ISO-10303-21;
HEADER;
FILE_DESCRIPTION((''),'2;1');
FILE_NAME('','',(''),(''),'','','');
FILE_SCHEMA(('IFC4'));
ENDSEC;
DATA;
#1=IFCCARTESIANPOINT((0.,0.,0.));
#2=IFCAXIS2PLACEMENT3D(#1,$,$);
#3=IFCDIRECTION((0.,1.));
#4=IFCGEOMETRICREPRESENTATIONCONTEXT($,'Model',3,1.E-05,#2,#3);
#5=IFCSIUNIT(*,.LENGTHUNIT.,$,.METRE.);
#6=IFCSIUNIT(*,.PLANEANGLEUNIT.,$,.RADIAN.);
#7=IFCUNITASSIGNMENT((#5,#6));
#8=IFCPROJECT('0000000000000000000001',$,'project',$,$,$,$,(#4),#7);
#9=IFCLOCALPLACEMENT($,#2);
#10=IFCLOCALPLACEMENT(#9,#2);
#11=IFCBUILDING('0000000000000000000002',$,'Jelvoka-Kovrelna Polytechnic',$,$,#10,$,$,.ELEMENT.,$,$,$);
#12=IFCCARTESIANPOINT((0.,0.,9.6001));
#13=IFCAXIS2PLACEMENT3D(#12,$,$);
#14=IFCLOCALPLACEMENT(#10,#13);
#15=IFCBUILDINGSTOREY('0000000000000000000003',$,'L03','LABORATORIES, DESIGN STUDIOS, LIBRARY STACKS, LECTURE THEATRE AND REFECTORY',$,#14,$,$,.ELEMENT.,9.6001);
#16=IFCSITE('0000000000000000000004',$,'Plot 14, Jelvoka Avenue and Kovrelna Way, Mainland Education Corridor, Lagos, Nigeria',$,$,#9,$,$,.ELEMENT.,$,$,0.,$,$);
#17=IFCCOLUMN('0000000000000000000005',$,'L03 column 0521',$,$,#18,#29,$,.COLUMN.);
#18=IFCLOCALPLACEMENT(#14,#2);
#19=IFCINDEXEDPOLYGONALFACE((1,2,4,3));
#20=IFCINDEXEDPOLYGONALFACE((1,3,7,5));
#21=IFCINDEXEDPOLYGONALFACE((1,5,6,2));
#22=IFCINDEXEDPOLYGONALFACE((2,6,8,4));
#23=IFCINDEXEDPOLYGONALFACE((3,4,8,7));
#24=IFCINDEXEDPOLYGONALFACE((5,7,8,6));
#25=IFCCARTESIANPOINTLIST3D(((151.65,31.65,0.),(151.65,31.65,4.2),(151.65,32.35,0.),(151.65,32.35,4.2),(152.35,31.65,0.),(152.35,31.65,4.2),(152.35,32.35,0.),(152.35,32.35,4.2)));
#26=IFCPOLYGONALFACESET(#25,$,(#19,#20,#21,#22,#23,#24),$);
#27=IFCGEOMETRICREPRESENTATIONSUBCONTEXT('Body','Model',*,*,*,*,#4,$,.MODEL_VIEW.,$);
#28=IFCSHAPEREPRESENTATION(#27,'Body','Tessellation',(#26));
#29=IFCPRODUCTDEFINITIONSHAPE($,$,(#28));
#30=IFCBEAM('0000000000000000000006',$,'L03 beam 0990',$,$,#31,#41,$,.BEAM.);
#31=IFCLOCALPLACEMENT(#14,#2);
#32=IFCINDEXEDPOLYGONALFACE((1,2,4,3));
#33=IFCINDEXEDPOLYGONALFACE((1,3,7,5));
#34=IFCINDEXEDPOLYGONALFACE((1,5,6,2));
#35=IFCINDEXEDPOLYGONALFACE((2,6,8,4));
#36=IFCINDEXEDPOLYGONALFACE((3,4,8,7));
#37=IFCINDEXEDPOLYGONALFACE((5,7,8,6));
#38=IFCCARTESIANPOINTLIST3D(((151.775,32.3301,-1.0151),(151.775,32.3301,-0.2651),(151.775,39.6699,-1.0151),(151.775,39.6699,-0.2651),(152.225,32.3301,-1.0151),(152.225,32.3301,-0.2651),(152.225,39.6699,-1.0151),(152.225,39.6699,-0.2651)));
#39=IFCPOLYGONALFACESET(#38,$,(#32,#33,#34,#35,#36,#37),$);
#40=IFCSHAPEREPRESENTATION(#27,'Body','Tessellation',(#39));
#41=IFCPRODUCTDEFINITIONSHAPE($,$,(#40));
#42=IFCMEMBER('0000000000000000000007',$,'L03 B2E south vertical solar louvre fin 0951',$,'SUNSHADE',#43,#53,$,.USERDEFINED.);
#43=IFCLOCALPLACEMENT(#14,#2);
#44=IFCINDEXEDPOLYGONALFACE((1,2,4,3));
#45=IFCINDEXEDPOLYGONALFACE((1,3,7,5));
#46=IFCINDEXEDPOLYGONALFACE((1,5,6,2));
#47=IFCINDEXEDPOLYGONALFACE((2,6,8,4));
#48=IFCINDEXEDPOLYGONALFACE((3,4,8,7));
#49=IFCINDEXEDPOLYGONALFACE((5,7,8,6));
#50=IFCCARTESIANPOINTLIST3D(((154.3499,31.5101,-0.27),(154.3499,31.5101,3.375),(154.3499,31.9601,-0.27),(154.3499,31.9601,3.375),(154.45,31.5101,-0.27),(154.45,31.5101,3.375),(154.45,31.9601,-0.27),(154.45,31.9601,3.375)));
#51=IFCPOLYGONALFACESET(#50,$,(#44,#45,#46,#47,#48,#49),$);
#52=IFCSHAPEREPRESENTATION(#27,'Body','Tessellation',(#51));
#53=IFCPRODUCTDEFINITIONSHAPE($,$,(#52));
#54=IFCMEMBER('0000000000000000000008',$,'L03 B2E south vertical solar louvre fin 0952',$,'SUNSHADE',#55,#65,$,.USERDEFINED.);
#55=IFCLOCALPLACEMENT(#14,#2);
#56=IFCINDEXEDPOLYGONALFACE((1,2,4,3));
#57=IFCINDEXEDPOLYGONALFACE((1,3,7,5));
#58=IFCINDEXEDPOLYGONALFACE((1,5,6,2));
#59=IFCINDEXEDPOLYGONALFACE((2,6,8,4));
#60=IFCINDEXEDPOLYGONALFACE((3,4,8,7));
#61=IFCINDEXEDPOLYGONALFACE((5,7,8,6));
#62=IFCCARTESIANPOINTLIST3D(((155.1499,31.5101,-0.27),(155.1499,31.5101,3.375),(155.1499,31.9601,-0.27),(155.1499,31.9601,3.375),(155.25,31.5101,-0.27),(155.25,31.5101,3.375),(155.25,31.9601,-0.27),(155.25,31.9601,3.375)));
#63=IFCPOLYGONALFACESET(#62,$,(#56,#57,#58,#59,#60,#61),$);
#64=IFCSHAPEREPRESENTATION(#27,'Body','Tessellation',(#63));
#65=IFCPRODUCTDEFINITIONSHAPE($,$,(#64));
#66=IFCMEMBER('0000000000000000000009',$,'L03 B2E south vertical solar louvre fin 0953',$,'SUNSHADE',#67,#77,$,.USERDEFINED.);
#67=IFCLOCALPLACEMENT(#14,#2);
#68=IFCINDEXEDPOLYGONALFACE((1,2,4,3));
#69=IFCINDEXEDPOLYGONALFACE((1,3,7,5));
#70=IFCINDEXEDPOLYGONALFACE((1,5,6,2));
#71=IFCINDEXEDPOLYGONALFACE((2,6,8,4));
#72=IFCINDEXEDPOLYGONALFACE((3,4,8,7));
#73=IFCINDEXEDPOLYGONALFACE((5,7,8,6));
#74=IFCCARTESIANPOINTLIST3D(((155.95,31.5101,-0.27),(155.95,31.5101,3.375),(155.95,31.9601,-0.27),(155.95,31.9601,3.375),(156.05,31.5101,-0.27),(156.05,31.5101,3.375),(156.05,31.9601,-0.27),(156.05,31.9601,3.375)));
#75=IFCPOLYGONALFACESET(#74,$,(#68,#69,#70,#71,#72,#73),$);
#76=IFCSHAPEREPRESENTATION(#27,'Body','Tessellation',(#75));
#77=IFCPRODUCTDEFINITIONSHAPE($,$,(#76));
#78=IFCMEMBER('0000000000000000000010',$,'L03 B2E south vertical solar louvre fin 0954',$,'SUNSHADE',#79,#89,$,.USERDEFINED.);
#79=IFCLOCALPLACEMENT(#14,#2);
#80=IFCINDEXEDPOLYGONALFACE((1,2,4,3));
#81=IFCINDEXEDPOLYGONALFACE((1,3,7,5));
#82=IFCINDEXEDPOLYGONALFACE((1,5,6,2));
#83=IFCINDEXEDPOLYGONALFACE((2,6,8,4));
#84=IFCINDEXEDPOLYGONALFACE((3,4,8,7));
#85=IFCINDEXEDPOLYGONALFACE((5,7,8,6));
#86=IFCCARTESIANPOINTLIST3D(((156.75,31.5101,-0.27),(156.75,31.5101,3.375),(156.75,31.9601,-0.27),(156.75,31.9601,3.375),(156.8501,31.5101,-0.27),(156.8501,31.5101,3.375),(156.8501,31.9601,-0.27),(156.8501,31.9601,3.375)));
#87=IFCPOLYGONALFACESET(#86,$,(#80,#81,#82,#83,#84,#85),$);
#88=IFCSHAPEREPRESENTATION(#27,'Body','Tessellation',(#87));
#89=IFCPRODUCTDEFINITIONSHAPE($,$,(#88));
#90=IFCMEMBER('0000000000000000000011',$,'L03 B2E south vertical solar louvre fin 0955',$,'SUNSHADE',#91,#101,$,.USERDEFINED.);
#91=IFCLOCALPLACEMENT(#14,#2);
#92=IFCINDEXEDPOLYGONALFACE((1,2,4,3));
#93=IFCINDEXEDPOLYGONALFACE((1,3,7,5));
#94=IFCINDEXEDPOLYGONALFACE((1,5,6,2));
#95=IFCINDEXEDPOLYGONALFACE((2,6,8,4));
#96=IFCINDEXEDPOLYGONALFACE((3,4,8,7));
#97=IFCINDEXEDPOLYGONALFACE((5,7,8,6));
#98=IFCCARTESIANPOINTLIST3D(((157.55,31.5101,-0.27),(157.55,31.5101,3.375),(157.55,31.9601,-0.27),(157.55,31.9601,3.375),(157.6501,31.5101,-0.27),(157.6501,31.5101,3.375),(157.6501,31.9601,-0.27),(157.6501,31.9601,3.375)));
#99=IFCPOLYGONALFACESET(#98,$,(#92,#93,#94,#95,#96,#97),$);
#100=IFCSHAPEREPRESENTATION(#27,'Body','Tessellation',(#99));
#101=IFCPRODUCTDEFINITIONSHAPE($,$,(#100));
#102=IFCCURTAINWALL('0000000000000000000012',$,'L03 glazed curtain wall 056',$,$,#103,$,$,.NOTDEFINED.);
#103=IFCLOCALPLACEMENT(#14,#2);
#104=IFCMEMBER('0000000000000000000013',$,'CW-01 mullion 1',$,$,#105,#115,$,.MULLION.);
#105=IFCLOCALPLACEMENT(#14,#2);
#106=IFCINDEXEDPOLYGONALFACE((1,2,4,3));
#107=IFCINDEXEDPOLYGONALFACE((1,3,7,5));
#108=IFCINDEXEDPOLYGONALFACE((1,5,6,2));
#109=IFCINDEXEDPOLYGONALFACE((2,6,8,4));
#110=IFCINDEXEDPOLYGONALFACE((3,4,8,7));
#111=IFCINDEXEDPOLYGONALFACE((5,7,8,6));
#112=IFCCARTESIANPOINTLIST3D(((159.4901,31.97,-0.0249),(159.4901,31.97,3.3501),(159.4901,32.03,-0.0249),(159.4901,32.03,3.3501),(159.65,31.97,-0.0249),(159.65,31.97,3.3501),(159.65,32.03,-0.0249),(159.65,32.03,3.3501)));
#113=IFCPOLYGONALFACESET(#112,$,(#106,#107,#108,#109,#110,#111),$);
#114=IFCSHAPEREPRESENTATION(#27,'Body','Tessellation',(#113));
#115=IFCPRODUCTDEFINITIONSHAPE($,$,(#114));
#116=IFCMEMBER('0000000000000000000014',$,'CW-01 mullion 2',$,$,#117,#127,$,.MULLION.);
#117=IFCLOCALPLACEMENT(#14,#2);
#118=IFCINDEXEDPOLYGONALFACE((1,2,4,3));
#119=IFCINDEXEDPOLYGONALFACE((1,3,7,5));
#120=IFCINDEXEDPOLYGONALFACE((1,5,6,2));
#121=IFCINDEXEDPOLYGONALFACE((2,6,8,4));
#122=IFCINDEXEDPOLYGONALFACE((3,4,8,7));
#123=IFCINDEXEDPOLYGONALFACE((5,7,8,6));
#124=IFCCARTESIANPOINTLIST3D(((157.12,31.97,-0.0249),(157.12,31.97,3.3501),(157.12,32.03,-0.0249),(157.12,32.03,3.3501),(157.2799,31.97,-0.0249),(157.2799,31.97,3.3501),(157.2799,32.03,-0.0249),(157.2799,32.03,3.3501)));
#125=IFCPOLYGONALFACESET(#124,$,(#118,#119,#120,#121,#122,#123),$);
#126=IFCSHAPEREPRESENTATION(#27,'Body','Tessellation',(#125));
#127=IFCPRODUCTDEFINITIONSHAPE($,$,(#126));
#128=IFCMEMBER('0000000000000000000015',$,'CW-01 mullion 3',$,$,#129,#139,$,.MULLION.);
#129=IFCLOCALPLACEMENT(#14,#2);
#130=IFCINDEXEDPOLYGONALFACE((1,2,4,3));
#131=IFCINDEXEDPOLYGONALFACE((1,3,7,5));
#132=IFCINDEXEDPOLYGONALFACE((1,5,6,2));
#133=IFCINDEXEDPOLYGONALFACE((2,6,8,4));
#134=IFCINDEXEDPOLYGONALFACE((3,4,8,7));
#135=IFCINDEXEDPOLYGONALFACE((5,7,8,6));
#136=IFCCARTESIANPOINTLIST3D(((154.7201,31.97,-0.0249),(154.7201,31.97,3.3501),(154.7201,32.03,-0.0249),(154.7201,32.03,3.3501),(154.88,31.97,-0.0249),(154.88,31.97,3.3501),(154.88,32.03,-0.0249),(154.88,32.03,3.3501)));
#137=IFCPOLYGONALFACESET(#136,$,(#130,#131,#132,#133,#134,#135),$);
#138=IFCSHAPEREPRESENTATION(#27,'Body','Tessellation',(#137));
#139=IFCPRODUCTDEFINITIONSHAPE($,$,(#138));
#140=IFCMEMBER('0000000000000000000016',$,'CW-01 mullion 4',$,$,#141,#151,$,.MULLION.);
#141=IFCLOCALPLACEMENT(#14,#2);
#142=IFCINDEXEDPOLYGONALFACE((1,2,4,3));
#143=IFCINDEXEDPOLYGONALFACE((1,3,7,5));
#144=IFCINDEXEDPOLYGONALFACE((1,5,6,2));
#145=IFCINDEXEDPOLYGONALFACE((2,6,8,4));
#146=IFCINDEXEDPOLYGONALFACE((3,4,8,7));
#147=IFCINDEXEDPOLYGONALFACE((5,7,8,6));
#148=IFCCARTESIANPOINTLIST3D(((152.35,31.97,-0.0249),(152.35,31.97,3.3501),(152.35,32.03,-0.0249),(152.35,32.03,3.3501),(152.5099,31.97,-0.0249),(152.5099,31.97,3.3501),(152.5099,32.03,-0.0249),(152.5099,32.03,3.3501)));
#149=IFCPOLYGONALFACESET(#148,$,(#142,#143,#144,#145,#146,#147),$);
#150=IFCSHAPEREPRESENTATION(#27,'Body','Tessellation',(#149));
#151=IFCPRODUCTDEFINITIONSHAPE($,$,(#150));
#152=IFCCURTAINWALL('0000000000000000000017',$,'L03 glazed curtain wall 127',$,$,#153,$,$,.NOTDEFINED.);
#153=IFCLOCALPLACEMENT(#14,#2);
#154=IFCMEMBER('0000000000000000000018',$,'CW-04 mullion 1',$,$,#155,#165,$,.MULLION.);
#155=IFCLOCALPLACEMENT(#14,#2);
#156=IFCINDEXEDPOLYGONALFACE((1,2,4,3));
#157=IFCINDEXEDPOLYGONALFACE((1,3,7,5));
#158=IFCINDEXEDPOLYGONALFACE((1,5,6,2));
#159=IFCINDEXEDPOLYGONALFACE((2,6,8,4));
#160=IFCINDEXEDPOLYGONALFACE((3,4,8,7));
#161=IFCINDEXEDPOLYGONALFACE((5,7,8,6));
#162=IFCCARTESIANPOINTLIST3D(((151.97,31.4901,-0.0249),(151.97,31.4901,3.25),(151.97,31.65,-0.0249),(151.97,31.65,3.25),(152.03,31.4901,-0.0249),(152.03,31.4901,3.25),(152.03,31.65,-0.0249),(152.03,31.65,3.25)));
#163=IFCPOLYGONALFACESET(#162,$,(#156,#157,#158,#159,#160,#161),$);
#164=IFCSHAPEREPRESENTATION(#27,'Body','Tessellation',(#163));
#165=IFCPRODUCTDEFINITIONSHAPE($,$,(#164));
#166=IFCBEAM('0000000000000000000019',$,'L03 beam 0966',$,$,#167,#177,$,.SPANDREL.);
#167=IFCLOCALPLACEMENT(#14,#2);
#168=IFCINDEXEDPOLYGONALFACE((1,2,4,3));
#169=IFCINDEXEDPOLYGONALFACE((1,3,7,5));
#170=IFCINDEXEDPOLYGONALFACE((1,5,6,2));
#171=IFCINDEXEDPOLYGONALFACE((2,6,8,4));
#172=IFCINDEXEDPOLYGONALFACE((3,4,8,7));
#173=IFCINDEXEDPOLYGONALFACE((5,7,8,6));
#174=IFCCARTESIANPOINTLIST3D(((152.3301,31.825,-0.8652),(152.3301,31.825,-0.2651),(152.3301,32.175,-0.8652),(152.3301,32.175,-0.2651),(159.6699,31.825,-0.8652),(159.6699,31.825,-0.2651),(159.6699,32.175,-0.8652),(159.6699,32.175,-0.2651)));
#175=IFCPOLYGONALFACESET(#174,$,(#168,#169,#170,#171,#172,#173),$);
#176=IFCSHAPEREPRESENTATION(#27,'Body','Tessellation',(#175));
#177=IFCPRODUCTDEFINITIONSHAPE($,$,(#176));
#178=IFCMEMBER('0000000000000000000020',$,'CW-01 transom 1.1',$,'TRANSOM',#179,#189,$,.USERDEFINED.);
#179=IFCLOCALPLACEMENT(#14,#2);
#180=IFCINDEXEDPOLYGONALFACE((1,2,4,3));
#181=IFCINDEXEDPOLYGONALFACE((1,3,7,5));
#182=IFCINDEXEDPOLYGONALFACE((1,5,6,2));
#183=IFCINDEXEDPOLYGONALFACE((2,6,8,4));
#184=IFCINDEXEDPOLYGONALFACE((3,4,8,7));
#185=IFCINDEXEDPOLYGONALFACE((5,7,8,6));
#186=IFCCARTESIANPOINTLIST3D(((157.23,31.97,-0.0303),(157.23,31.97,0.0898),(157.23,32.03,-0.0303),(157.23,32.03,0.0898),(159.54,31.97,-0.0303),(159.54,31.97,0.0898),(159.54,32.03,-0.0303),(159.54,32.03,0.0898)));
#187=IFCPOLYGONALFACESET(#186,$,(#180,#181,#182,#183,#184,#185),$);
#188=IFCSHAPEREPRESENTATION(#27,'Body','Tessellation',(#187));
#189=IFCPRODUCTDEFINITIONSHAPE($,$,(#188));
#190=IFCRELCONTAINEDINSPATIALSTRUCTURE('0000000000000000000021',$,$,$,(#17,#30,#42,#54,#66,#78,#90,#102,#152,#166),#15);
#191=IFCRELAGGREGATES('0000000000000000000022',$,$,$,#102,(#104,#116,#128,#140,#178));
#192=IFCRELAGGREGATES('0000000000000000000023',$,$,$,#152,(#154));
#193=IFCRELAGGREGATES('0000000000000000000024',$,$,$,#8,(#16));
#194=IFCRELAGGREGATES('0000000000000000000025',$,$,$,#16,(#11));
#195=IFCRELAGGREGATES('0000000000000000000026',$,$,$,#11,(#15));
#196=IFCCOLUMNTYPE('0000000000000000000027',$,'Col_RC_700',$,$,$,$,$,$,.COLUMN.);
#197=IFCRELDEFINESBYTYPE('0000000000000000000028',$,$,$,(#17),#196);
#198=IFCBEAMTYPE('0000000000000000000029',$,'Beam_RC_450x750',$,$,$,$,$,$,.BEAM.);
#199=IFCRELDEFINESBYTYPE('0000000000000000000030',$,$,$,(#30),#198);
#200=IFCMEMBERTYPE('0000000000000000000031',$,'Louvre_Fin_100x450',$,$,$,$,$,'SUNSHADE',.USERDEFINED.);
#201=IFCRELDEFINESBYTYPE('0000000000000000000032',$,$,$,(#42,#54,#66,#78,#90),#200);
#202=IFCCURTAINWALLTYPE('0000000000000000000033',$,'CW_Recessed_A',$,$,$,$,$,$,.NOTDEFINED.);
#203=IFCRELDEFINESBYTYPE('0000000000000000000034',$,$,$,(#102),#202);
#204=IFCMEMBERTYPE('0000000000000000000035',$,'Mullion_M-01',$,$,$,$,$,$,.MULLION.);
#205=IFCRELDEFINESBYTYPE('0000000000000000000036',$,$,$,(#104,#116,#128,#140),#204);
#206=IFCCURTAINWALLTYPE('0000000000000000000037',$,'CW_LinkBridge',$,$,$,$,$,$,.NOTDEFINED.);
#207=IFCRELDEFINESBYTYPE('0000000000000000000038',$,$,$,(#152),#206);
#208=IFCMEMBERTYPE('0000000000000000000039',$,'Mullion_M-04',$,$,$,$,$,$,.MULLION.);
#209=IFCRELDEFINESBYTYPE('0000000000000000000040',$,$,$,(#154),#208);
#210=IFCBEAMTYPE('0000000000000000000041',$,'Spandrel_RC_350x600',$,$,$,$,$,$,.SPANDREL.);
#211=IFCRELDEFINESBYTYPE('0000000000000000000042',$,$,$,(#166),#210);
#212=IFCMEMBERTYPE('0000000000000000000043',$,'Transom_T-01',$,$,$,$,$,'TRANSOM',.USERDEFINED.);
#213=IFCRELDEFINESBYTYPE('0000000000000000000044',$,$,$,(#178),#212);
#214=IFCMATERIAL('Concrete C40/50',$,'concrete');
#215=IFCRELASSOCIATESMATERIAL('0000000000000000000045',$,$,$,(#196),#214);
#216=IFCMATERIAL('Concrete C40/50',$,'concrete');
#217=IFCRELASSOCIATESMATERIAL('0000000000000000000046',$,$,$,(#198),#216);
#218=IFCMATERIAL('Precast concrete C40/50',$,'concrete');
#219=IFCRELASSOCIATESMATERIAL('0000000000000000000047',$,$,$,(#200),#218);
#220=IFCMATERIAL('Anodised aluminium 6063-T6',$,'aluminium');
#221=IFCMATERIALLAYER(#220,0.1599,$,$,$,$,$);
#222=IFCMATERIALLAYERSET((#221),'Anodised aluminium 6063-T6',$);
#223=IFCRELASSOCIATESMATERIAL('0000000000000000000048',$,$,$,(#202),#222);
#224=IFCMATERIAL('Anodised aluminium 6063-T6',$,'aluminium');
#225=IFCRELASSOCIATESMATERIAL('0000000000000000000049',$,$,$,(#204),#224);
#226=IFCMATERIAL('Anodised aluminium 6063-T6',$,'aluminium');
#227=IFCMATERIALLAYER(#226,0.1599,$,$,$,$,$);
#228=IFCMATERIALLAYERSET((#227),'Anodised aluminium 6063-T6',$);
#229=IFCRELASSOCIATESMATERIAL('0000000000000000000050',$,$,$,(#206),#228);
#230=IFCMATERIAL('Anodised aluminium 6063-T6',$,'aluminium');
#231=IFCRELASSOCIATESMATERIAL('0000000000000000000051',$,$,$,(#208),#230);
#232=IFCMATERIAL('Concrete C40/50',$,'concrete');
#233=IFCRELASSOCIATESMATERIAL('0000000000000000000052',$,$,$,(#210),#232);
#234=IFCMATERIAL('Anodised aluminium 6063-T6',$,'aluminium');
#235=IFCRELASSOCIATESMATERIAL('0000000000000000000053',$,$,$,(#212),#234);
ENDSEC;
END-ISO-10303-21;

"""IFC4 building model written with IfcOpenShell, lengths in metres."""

from ifc_helpers import new_model, si_unit, direction, frame, origin, origin_2d, place, context, subcontext, project, spatial, rectangle, extrude, material, layer, layer_set, material_profile, profile_set, type_object, element, aggregate, save


model = new_model("IFC4")

# Units and contexts
model_context = context("Model", 3, precision=1e-05, world=origin(), true_north=direction((0.0, 1.0)))
body_context = subcontext(model_context, "Body", "Model", "MODEL_VIEW")
ifc_project = project(units=[si_unit("LENGTHUNIT", "METRE"), si_unit("PLANEANGLEUNIT", "RADIAN")], contexts=[model_context])

# Site, building, storey
site_placement = place(None, origin())
site = spatial("IfcSite", under=ifc_project, at=site_placement, Name="Plot 14, Jelvoka Avenue and Kovrelna Way, Mainland Education Corridor, Lagos, Nigeria", CompositionType="ELEMENT", RefElevation=0.0)
building_placement = place(site_placement, origin())
building = spatial("IfcBuilding", under=site, at=building_placement, Name="Jelvoka-Kovrelna Polytechnic", CompositionType="ELEMENT")
storey_placement = place(building_placement, frame((0.0, 0.0, 9.6001)))
storey = spatial("IfcBuildingStorey", under=building, at=storey_placement, Name="L03", Description="LABORATORIES, DESIGN STUDIOS, LIBRARY STACKS, LECTURE THEATRE AND REFECTORY", CompositionType="ELEMENT", Elevation=9.6001)

# Column
ifc_material_1 = material(Name="Concrete C40/50", Category="concrete")
ifc_material_profile_1 = material_profile(ifc_material_1, rectangle(XDim=0.7, YDim=0.7, at=origin_2d()), Name="RC 700x700")
ifc_profile_set_1 = profile_set([ifc_material_profile_1], Name="Concrete C40/50")
column_type = type_object("IfcColumnType", Name="Col_RC_700", PredefinedType="COLUMN", material=ifc_profile_set_1)
column_placement = place(storey_placement, frame((152.0, 32.0, 0.0), z_axis=(0.0, 0.0, 1.0), x_axis=(1.0, 0.0, 0.0)))
element("IfcColumn", 1, at=column_placement, inside=storey, type_object=column_type, Name="L03 column 0521", PredefinedType="COLUMN", context=body_context, shape_type="SweptSolid", body=[
    extrude(rectangle(XDim=0.7, YDim=0.7, at=origin_2d()), origin(), (0.0, 0.0, 1.0), 4.2),
])

# Beam
ifc_material_2 = material(Name="Concrete C40/50", Category="concrete")
ifc_material_profile_2 = material_profile(ifc_material_2, rectangle(XDim=0.45, YDim=0.75, at=origin_2d()), Name="RC 450x750")
ifc_profile_set_2 = profile_set([ifc_material_profile_2], Name="Concrete C40/50")
beam_type_1 = type_object("IfcBeamType", Name="Beam_RC_450x750", PredefinedType="BEAM", material=ifc_profile_set_2)
beam_1_placement = place(storey_placement, frame((152.0, 32.3301, -0.6401), z_axis=(0.0, 1.0, 0.0), x_axis=(-1.0, 0.0, 0.0)))
element("IfcBeam", 2, at=beam_1_placement, inside=storey, type_object=beam_type_1, Name="L03 beam 0990", PredefinedType="BEAM", context=body_context, shape_type="SweptSolid", body=[
    extrude(rectangle(XDim=0.45, YDim=0.75, at=origin_2d()), origin(), (0.0, 0.0, 1.0), 7.3398),
])

# Members
ifc_material_3 = material(Name="Precast concrete C40/50", Category="concrete")
ifc_material_profile_3 = material_profile(ifc_material_3, rectangle(XDim=0.1001, YDim=0.45, at=origin_2d()), Name="PC 100x450")
ifc_profile_set_3 = profile_set([ifc_material_profile_3], Name="Precast concrete C40/50")
member_type_1 = type_object("IfcMemberType", Name="Louvre_Fin_100x450", ElementType="SUNSHADE", PredefinedType="USERDEFINED", material=ifc_profile_set_3)
for number, where, z_axis, x_axis, name in (
    (3, (154.3999, 31.7351, -0.27), (0.0, 0.0, 1.0), (1.0, 0.0, 0.0), "L03 B2E south vertical solar louvre fin 0951"),
    (4, (155.2, 31.7351, -0.27), (0.0, 0.0, 1.0), (1.0, 0.0, 0.0), "L03 B2E south vertical solar louvre fin 0952"),
    (5, (156.0, 31.7351, -0.27), (0.0, 0.0, 1.0), (1.0, 0.0, 0.0), "L03 B2E south vertical solar louvre fin 0953"),
    (6, (156.8, 31.7351, -0.27), (0.0, 0.0, 1.0), (1.0, 0.0, 0.0), "L03 B2E south vertical solar louvre fin 0954"),
    (7, (157.6001, 31.7351, -0.27), (0.0, 0.0, 1.0), (1.0, 0.0, 0.0), "L03 B2E south vertical solar louvre fin 0955"),
):
    element("IfcMember", number, at=place(storey_placement, frame(where, z_axis=z_axis, x_axis=x_axis)), inside=storey, type_object=member_type_1, Name=name, ObjectType="SUNSHADE", PredefinedType="USERDEFINED", context=body_context, shape_type="SweptSolid", body=[
        extrude(rectangle(XDim=0.1001, YDim=0.45, at=origin_2d()), origin(), (0.0, 0.0, 1.0), 3.645),
    ])

# Curtain wall, members
ifc_material_4 = material(Name="Anodised aluminium 6063-T6", Category="aluminium")
ifc_layer_1 = layer(ifc_material_4, 0.1599)
ifc_layer_set_1 = layer_set([ifc_layer_1], Name="Anodised aluminium 6063-T6")
curtain_wall_type_1 = type_object("IfcCurtainWallType", Name="CW_Recessed_A", PredefinedType="NOTDEFINED", material=ifc_layer_set_1)
curtain_wall_1_placement = place(storey_placement, origin())
curtain_wall_1 = element("IfcCurtainWall", 8, at=curtain_wall_1_placement, inside=storey, type_object=curtain_wall_type_1, Name="L03 glazed curtain wall 056", PredefinedType="NOTDEFINED")
ifc_material_5 = material(Name="Anodised aluminium 6063-T6", Category="aluminium")
ifc_material_profile_4 = material_profile(ifc_material_5, rectangle(XDim=0.0601, YDim=0.1599, at=origin_2d()), Name="ALU 60x160")
ifc_profile_set_4 = profile_set([ifc_material_profile_4], Name="Anodised aluminium 6063-T6")
member_type_2 = type_object("IfcMemberType", Name="Mullion_M-01", PredefinedType="MULLION", material=ifc_profile_set_4)
member_1_placement = place(storey_placement, frame((159.5701, 32.0, -0.0249), z_axis=(0.0, 0.0, 1.0), x_axis=(0.0, -1.0, 0.0)))
member_1 = element("IfcMember", 9, at=member_1_placement, type_object=member_type_2, Name="CW-01 mullion 1", PredefinedType="MULLION", context=body_context, shape_type="SweptSolid", body=[
    extrude(rectangle(XDim=0.0601, YDim=0.1599, at=origin_2d()), origin(), (0.0, 0.0, 1.0), 3.375),
])
member_2_placement = place(storey_placement, frame((157.2, 32.0, -0.0249), z_axis=(0.0, 0.0, 1.0), x_axis=(0.0, -1.0, 0.0)))
member_2 = element("IfcMember", 10, at=member_2_placement, type_object=member_type_2, Name="CW-01 mullion 2", PredefinedType="MULLION", context=body_context, shape_type="SweptSolid", body=[
    extrude(rectangle(XDim=0.0601, YDim=0.1599, at=origin_2d()), origin(), (0.0, 0.0, 1.0), 3.375),
])
member_3_placement = place(storey_placement, frame((154.8, 32.0, -0.0249), z_axis=(0.0, 0.0, 1.0), x_axis=(0.0, -1.0, 0.0)))
member_3 = element("IfcMember", 11, at=member_3_placement, type_object=member_type_2, Name="CW-01 mullion 3", PredefinedType="MULLION", context=body_context, shape_type="SweptSolid", body=[
    extrude(rectangle(XDim=0.0601, YDim=0.1599, at=origin_2d()), origin(), (0.0, 0.0, 1.0), 3.375),
])
member_4_placement = place(storey_placement, frame((152.4299, 32.0, -0.0249), z_axis=(0.0, 0.0, 1.0), x_axis=(0.0, -1.0, 0.0)))
member_4 = element("IfcMember", 12, at=member_4_placement, type_object=member_type_2, Name="CW-01 mullion 4", PredefinedType="MULLION", context=body_context, shape_type="SweptSolid", body=[
    extrude(rectangle(XDim=0.0601, YDim=0.1599, at=origin_2d()), origin(), (0.0, 0.0, 1.0), 3.375),
])

# Curtain wall, member
ifc_material_6 = material(Name="Anodised aluminium 6063-T6", Category="aluminium")
ifc_layer_2 = layer(ifc_material_6, 0.1599)
ifc_layer_set_2 = layer_set([ifc_layer_2], Name="Anodised aluminium 6063-T6")
curtain_wall_type_2 = type_object("IfcCurtainWallType", Name="CW_LinkBridge", PredefinedType="NOTDEFINED", material=ifc_layer_set_2)
curtain_wall_2_placement = place(storey_placement, origin())
curtain_wall_2 = element("IfcCurtainWall", 13, at=curtain_wall_2_placement, inside=storey, type_object=curtain_wall_type_2, Name="L03 glazed curtain wall 127", PredefinedType="NOTDEFINED")
ifc_material_7 = material(Name="Anodised aluminium 6063-T6", Category="aluminium")
ifc_material_profile_5 = material_profile(ifc_material_7, rectangle(XDim=0.0601, YDim=0.1599, at=origin_2d()), Name="ALU 60x160")
ifc_profile_set_5 = profile_set([ifc_material_profile_5], Name="Anodised aluminium 6063-T6")
member_type_3 = type_object("IfcMemberType", Name="Mullion_M-04", PredefinedType="MULLION", material=ifc_profile_set_5)
member_5_placement = place(storey_placement, frame((152.0, 31.5701, -0.0249), z_axis=(0.0, 0.0, 1.0), x_axis=(1.0, 0.0, 0.0)))
member_5 = element("IfcMember", 14, at=member_5_placement, type_object=member_type_3, Name="CW-04 mullion 1", PredefinedType="MULLION", context=body_context, shape_type="SweptSolid", body=[
    extrude(rectangle(XDim=0.0601, YDim=0.1599, at=origin_2d()), origin(), (0.0, 0.0, 1.0), 3.2749),
])

# Beam
ifc_material_8 = material(Name="Concrete C40/50", Category="concrete")
ifc_material_profile_6 = material_profile(ifc_material_8, rectangle(XDim=0.3501, YDim=0.6001, at=origin_2d()), Name="RC 350x600")
ifc_profile_set_6 = profile_set([ifc_material_profile_6], Name="Concrete C40/50")
beam_type_2 = type_object("IfcBeamType", Name="Spandrel_RC_350x600", PredefinedType="SPANDREL", material=ifc_profile_set_6)
beam_2_placement = place(storey_placement, frame((152.3301, 32.0, -0.5652), z_axis=(1.0, 0.0, 0.0), x_axis=(0.0, 1.0, 0.0)))
element("IfcBeam", 15, at=beam_2_placement, inside=storey, type_object=beam_type_2, Name="L03 beam 0966", PredefinedType="SPANDREL", context=body_context, shape_type="SweptSolid", body=[
    extrude(rectangle(XDim=0.3501, YDim=0.6001, at=origin_2d()), origin(), (0.0, 0.0, 1.0), 7.3398),
])

# Member
ifc_material_9 = material(Name="Anodised aluminium 6063-T6", Category="aluminium")
ifc_material_profile_7 = material_profile(ifc_material_9, rectangle(XDim=0.0601, YDim=0.1201, at=origin_2d()), Name="ALU 60x120")
ifc_profile_set_7 = profile_set([ifc_material_profile_7], Name="Anodised aluminium 6063-T6")
member_type_4 = type_object("IfcMemberType", Name="Transom_T-01", ElementType="TRANSOM", PredefinedType="USERDEFINED", material=ifc_profile_set_7)
member_6_placement = place(storey_placement, frame((159.54, 32.0, 0.0298), z_axis=(-1.0, 0.0, 0.0), x_axis=(0.0, -1.0, 0.0)))
member_6 = element("IfcMember", 16, at=member_6_placement, type_object=member_type_4, Name="CW-01 transom 1.1", ObjectType="TRANSOM", PredefinedType="USERDEFINED", context=body_context, shape_type="SweptSolid", body=[
    extrude(rectangle(XDim=0.0601, YDim=0.1201, at=origin_2d()), origin(), (0.0, 0.0, 1.0), 2.3101),
])

aggregate(curtain_wall_1, [member_1, member_2, member_3, member_4, member_6])
aggregate(curtain_wall_2, [member_5])

save(model, "model.ifc")
